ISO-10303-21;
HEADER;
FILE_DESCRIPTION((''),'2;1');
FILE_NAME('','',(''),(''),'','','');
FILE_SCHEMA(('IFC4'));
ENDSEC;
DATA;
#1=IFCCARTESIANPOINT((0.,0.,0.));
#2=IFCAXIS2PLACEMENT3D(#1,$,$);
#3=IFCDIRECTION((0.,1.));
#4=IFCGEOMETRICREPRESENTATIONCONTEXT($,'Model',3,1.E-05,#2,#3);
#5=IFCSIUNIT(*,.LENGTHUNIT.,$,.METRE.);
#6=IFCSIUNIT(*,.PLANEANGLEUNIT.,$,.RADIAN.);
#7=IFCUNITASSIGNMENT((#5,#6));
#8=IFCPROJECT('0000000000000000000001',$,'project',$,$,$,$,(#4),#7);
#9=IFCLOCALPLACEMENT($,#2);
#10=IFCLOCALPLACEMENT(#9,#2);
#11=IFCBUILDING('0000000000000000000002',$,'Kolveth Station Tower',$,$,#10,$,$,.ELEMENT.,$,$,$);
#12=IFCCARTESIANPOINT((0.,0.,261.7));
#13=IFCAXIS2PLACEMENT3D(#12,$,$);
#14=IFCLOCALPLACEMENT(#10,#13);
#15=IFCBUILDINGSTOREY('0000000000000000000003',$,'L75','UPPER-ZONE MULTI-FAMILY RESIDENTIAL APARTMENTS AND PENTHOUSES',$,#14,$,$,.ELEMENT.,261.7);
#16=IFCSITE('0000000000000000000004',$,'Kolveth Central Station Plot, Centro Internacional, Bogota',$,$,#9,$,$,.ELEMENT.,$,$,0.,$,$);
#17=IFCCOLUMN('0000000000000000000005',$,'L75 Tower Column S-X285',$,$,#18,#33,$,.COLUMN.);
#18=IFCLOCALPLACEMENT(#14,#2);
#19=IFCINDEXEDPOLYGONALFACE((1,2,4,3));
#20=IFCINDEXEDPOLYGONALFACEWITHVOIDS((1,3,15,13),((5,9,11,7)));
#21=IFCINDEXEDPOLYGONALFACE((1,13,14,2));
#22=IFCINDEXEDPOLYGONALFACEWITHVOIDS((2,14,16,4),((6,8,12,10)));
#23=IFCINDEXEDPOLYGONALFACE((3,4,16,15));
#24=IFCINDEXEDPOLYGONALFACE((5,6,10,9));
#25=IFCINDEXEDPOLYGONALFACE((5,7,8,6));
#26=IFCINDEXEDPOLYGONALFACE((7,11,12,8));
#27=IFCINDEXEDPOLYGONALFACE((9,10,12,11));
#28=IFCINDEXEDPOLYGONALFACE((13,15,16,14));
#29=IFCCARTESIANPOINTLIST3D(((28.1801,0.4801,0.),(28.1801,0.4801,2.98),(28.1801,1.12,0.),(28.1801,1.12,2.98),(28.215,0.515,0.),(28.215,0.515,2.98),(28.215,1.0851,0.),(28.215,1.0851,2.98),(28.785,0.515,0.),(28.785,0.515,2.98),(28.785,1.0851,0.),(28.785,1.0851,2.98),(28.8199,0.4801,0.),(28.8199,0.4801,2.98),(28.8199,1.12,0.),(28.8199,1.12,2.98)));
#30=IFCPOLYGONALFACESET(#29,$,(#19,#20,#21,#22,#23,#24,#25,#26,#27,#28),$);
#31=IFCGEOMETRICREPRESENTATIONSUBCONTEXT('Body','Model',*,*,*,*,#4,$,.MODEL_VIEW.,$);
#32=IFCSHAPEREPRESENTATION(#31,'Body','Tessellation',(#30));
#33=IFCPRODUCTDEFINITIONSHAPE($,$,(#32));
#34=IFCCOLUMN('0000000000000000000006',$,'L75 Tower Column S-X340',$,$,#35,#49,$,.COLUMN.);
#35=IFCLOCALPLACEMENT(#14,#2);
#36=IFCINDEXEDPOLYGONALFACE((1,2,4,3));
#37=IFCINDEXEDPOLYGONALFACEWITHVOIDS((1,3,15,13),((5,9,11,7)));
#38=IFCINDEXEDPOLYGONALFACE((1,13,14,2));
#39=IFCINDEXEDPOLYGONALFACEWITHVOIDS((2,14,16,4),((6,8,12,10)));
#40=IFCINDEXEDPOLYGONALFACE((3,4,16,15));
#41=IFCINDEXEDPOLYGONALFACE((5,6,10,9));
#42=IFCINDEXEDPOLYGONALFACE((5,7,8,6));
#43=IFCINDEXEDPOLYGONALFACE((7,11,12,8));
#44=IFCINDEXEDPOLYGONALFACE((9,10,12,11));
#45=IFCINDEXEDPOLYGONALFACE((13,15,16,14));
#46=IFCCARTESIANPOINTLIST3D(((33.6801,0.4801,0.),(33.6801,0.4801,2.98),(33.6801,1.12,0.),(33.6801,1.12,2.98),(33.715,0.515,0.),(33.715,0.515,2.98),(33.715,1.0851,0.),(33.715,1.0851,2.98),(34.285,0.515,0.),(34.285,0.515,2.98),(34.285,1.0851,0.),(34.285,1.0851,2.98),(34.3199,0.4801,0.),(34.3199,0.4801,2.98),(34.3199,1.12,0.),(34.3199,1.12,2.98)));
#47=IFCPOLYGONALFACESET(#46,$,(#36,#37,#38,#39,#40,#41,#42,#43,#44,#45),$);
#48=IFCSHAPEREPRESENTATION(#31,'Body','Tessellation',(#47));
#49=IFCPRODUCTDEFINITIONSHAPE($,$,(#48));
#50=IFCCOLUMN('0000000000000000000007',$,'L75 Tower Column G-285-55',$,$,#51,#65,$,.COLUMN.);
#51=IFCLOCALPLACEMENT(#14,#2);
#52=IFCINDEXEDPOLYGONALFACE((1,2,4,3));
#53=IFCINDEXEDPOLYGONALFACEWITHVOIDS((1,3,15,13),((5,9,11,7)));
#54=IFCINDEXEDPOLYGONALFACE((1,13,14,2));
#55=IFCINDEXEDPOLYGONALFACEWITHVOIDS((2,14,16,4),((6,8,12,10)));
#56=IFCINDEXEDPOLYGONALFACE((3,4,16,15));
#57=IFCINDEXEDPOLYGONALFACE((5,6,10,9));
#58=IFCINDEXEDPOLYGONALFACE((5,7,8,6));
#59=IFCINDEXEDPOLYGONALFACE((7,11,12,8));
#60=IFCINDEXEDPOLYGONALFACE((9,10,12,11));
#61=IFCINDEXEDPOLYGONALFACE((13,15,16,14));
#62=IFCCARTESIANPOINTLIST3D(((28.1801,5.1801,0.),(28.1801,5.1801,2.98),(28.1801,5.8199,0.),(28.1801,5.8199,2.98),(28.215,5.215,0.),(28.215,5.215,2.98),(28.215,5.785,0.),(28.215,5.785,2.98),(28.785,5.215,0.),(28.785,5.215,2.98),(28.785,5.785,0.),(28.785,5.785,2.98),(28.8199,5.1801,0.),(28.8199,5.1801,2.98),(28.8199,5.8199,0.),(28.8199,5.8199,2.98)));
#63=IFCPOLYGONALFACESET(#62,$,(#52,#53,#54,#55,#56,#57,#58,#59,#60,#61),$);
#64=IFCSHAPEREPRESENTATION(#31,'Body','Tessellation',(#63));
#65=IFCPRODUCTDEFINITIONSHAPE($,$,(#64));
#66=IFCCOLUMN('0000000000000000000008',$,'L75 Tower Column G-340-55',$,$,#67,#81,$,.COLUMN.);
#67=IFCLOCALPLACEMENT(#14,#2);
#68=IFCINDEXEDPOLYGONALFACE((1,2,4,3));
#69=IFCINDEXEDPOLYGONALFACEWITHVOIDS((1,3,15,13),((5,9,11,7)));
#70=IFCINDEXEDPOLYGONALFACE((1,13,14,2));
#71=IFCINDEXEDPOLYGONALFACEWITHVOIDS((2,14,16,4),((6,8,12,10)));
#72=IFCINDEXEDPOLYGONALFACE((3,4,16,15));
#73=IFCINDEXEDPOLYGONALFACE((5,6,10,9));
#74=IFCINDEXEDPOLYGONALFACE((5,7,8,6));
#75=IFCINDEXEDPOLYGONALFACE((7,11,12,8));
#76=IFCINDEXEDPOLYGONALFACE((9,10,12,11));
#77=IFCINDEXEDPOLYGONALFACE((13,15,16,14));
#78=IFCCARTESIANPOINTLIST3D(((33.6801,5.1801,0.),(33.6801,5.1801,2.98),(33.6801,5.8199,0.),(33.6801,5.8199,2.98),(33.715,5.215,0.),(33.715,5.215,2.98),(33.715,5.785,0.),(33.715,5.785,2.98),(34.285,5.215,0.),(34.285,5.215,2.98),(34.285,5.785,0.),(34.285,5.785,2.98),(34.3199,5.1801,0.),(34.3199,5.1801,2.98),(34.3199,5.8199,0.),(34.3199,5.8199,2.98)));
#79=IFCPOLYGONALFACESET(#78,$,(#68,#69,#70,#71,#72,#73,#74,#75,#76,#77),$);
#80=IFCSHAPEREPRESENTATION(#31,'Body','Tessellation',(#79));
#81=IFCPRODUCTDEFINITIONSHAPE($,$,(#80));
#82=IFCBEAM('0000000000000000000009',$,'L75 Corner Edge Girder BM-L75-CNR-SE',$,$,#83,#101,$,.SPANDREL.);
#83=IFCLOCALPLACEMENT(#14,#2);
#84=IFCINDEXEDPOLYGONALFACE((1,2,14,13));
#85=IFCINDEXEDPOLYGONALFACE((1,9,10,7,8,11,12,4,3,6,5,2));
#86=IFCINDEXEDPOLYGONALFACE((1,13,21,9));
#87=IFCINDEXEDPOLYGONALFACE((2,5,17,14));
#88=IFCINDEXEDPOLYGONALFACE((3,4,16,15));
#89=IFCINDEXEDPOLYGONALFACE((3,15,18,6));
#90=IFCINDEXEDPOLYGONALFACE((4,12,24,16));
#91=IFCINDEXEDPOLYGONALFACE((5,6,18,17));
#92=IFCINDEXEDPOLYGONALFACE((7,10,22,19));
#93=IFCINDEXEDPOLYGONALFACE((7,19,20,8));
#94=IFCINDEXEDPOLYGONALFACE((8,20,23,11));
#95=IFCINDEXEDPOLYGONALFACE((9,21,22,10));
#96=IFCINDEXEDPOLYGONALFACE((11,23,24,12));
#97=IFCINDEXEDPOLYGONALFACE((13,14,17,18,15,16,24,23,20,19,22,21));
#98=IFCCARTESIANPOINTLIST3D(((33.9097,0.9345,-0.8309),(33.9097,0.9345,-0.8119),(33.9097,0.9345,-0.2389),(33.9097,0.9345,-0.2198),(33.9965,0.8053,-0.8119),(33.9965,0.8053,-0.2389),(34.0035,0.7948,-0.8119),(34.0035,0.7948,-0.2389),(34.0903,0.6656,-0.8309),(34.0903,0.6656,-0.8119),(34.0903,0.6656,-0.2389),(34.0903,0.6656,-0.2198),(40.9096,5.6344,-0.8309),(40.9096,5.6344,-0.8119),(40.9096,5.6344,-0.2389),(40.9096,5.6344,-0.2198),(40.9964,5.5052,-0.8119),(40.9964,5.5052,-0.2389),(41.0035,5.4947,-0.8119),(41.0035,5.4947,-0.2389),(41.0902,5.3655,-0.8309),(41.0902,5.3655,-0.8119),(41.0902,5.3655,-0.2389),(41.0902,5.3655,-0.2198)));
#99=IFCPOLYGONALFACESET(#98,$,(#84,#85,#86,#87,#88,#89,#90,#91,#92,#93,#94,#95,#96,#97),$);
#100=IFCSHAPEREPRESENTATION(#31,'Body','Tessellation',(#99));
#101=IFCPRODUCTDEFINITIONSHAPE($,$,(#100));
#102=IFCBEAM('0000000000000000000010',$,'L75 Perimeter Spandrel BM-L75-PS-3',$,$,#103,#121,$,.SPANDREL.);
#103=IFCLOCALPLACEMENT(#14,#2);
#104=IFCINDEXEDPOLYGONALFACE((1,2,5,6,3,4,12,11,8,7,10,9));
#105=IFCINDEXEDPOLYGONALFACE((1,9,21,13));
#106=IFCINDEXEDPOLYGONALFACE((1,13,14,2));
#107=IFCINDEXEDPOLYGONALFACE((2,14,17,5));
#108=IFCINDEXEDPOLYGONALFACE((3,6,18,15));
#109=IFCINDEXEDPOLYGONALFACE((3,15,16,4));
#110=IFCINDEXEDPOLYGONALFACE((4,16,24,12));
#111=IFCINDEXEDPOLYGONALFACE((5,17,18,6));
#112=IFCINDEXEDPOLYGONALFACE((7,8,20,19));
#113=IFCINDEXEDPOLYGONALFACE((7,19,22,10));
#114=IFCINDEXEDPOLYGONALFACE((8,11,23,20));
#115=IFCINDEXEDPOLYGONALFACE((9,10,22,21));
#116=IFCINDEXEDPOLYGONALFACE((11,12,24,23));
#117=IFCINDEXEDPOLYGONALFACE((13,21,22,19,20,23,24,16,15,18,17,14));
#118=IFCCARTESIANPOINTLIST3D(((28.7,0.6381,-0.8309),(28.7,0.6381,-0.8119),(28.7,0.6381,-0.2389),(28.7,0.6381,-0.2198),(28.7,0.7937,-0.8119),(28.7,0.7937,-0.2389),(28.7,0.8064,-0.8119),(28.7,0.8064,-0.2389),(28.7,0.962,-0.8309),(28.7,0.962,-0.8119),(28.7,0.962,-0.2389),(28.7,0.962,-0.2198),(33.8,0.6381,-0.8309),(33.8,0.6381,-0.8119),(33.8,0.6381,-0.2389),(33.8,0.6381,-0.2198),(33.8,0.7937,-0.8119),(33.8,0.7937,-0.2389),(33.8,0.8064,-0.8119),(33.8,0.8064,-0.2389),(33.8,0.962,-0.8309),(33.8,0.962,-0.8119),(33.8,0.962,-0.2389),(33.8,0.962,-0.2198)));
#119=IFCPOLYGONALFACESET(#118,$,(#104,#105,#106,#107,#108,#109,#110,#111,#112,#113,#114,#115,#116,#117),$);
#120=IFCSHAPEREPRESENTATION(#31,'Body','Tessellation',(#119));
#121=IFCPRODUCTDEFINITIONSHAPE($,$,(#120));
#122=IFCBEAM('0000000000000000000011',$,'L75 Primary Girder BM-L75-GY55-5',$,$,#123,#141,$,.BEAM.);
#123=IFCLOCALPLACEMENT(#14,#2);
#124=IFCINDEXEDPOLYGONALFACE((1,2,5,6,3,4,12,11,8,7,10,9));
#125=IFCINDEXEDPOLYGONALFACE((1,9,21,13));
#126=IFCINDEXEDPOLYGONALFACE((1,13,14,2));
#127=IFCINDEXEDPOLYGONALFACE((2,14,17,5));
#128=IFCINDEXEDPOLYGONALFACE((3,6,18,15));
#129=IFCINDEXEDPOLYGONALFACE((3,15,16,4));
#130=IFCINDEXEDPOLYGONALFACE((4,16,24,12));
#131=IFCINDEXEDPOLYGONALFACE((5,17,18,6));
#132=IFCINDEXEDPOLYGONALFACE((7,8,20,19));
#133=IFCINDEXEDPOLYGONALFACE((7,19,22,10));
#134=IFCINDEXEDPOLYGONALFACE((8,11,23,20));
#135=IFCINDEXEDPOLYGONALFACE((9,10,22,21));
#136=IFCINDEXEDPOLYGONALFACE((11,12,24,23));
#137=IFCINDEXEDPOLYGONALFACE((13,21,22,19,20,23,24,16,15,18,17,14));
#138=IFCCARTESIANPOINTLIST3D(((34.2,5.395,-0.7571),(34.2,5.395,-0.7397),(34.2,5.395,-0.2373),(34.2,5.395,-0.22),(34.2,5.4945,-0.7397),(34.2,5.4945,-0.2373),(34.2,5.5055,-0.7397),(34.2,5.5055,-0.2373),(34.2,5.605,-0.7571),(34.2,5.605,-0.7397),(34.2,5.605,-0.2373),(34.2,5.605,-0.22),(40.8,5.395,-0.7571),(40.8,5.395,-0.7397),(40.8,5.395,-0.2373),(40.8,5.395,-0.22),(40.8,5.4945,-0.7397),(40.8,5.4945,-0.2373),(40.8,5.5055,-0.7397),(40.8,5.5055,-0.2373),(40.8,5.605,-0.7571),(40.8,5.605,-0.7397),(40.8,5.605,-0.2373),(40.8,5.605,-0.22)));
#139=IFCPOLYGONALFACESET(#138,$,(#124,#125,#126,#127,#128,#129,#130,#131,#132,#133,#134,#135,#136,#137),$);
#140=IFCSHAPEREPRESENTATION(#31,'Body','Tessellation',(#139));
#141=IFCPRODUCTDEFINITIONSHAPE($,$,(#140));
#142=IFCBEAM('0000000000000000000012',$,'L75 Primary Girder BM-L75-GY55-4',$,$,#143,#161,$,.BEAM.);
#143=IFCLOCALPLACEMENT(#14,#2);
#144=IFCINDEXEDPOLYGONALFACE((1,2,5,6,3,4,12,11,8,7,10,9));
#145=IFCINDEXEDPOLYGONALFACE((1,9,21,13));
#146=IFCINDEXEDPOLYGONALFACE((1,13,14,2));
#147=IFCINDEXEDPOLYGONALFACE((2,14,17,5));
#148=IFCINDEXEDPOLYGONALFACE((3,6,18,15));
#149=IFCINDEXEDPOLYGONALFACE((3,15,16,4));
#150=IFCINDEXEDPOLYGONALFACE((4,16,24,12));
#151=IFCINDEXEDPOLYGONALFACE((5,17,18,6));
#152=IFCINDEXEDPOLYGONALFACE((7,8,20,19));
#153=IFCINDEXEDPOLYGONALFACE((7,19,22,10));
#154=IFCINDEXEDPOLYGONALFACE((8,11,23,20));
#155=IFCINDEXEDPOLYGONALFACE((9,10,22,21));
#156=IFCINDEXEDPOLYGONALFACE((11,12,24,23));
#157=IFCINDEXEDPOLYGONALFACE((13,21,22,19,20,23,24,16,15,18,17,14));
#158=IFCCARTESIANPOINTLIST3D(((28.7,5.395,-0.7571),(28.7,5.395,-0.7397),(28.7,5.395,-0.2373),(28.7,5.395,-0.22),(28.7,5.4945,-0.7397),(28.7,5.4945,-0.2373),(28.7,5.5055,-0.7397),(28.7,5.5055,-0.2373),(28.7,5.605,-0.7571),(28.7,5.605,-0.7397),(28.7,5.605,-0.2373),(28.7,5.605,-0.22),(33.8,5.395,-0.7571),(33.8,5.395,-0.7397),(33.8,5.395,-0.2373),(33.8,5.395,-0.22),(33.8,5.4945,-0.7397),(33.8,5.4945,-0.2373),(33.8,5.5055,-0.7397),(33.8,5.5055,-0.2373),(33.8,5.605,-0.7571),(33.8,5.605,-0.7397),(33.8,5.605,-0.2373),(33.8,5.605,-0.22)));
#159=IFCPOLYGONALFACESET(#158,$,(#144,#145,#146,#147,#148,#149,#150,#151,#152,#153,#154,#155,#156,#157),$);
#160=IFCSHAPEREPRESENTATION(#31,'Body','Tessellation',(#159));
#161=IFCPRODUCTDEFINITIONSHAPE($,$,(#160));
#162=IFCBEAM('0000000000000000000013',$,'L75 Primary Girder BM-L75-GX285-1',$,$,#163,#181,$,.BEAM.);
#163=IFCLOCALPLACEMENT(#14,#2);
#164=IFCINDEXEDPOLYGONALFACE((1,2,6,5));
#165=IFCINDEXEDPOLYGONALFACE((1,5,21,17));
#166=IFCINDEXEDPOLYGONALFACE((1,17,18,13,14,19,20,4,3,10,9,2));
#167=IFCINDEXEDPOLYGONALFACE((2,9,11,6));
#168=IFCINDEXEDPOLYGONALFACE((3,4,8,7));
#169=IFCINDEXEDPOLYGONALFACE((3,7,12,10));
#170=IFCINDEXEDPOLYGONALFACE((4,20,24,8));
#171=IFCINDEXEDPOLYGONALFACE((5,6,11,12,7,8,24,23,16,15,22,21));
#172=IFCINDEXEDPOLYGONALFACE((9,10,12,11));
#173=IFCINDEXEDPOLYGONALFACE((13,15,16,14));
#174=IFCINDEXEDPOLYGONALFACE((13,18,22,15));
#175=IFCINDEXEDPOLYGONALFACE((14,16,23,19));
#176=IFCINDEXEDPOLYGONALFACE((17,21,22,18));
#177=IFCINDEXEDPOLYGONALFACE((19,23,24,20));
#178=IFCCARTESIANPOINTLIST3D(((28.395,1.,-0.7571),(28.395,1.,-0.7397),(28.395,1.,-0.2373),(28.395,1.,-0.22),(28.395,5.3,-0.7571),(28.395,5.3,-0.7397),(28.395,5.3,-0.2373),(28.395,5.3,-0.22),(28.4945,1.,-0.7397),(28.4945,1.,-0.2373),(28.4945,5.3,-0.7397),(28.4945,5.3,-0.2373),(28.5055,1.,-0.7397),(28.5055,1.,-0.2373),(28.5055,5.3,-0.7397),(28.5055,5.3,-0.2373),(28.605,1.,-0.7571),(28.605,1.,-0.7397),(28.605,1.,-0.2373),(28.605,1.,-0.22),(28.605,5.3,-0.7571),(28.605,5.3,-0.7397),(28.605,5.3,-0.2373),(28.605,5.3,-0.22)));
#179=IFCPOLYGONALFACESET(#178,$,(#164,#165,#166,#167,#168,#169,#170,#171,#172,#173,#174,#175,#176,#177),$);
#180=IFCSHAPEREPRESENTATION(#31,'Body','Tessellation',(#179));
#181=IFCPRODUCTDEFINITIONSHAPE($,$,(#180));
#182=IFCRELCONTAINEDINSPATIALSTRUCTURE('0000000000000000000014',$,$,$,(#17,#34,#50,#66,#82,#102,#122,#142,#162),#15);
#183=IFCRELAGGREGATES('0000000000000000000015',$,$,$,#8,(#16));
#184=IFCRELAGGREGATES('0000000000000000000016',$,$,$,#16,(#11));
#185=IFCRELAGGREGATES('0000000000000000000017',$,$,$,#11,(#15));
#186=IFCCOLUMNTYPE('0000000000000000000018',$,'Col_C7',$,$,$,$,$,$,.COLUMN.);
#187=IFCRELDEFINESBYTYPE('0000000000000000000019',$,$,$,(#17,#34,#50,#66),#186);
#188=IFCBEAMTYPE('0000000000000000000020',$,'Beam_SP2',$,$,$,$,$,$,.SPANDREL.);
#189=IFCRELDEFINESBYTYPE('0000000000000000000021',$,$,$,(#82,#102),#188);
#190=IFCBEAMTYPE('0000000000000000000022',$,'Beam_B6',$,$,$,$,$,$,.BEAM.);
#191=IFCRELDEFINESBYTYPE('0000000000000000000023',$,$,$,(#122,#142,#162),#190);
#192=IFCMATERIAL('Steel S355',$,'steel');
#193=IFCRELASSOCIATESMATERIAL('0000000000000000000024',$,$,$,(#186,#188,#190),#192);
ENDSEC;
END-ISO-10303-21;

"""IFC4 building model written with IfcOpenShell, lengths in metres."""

from ifc_helpers import new_model, si_unit, direction, frame, origin, origin_2d, place, context, subcontext, project, spatial, hollow_rectangle, i_section, extrude, source, transform, mapped, material, material_profile, profile_set, type_object, element, save


model = new_model("IFC4")

# Units and contexts
model_context = context("Model", 3, precision=1e-05, world=origin(), true_north=direction((0.0, 1.0)))
body_context = subcontext(model_context, "Body", "Model", "MODEL_VIEW")
ifc_project = project(units=[si_unit("LENGTHUNIT", "METRE"), si_unit("PLANEANGLEUNIT", "RADIAN")], contexts=[model_context])

# Site, building, storey
site_placement = place(None, origin())
site = spatial("IfcSite", under=ifc_project, at=site_placement, Name="Kolveth Central Station Plot, Centro Internacional, Bogota", CompositionType="ELEMENT", RefElevation=0.0)
building_placement = place(site_placement, origin())
building = spatial("IfcBuilding", under=site, at=building_placement, Name="Kolveth Station Tower", CompositionType="ELEMENT")
storey_placement = place(building_placement, frame((0.0, 0.0, 261.7)))
storey = spatial("IfcBuildingStorey", under=building, at=storey_placement, Name="L75", Description="UPPER-ZONE MULTI-FAMILY RESIDENTIAL APARTMENTS AND PENTHOUSES", CompositionType="ELEMENT", Elevation=261.7)

# Columns
ifc_material_1 = material(Name="Steel S355", Category="steel")
ifc_material_profile_1 = material_profile(ifc_material_1, hollow_rectangle(XDim=0.6399, YDim=0.6399, WallThickness=0.0349, at=origin_2d()), Name="BOX640x640x35")
ifc_profile_set_1 = profile_set([ifc_material_profile_1], Name="Steel S355")
column_type = type_object("IfcColumnType", Name="Col_C7", PredefinedType="COLUMN", material=ifc_profile_set_1)
shared_shape_1 = source(origin(), body_context, "Body", "SweptSolid", [
    extrude(hollow_rectangle(XDim=0.6399, YDim=0.6399, WallThickness=0.0349, at=origin_2d()), origin(), (0.0, 0.0, 1.0), 2.98),
])
for number, where, z_axis, x_axis, name in (
    (1, (28.5, 0.8, 0.0), (0.0, 0.0, 1.0), (1.0, 0.0, 0.0), "L75 Tower Column S-X285"),
    (2, (34.0, 0.8, 0.0), (0.0, 0.0, 1.0), (1.0, 0.0, 0.0), "L75 Tower Column S-X340"),
    (3, (28.5, 5.5, 0.0), (0.0, 0.0, 1.0), (1.0, 0.0, 0.0), "L75 Tower Column G-285-55"),
    (4, (34.0, 5.5, 0.0), (0.0, 0.0, 1.0), (1.0, 0.0, 0.0), "L75 Tower Column G-340-55"),
):
    element("IfcColumn", number, at=place(storey_placement, frame(where, z_axis=z_axis, x_axis=x_axis)), inside=storey, type_object=column_type, Name=name, PredefinedType="COLUMN", context=body_context, shape_type="MappedRepresentation", body=[
        mapped(shared_shape_1, transform((0.0, 0.0, 0.0), x_axis=(1.0, 0.0, 0.0), y_axis=(0.0, 1.0, 0.0), z_axis=(0.0, 0.0, 1.0), scale=1.0)),
    ])

# Beams
ifc_material_profile_2 = material_profile(ifc_material_1, i_section(OverallWidth=0.324, OverallDepth=0.6111, WebThickness=0.0127, FlangeThickness=0.019, at=origin_2d()), Name="W610x155")
ifc_profile_set_2 = profile_set([ifc_material_profile_2], Name="Steel S355")
beam_type_1 = type_object("IfcBeamType", Name="Beam_SP2", PredefinedType="SPANDREL", material=ifc_profile_set_2)
shared_shape_2 = source(origin(), body_context, "Body", "SweptSolid", [
    extrude(i_section(OverallWidth=0.324, OverallDepth=0.6111, WebThickness=0.0127, FlangeThickness=0.019, at=origin_2d()), origin(), (0.0, 0.0, 1.0), 8.4314),
])
beam_1_placement = place(storey_placement, frame((34.0, 0.8, -0.5254), z_axis=(0.830224, 0.55743, 0.0), x_axis=(-0.55743, 0.830224, 0.0)))
element("IfcBeam", 5, at=beam_1_placement, inside=storey, type_object=beam_type_1, Name="L75 Corner Edge Girder BM-L75-CNR-SE", PredefinedType="SPANDREL", context=body_context, shape_type="MappedRepresentation", body=[
    mapped(shared_shape_2, transform((0.0, 0.0, 0.0), x_axis=(1.0, 0.0, 0.0), y_axis=(0.0, 1.0, 0.0), z_axis=(0.0, 0.0, 1.0), scale=1.0)),
])
shared_shape_3 = source(origin(), body_context, "Body", "SweptSolid", [
    extrude(i_section(OverallWidth=0.324, OverallDepth=0.6111, WebThickness=0.0127, FlangeThickness=0.019, at=origin_2d()), origin(), (0.0, 0.0, 1.0), 5.1001),
])
beam_2_placement = place(storey_placement, frame((28.7, 0.8, -0.5254), z_axis=(1.0, 0.0, 0.0), x_axis=(0.0, 1.0, 0.0)))
element("IfcBeam", 6, at=beam_2_placement, inside=storey, type_object=beam_type_1, Name="L75 Perimeter Spandrel BM-L75-PS-3", PredefinedType="SPANDREL", context=body_context, shape_type="MappedRepresentation", body=[
    mapped(shared_shape_3, transform((0.0, 0.0, 0.0), x_axis=(1.0, 0.0, 0.0), y_axis=(0.0, 1.0, 0.0), z_axis=(0.0, 0.0, 1.0), scale=1.0)),
])
ifc_material_profile_3 = material_profile(ifc_material_1, i_section(OverallWidth=0.21, OverallDepth=0.5371, WebThickness=0.011, FlangeThickness=0.0173, at=origin_2d()), Name="W530x101")
ifc_profile_set_3 = profile_set([ifc_material_profile_3], Name="Steel S355")
beam_type_2 = type_object("IfcBeamType", Name="Beam_B6", PredefinedType="BEAM", material=ifc_profile_set_3)
shared_shape_4 = source(origin(), body_context, "Body", "SweptSolid", [
    extrude(i_section(OverallWidth=0.21, OverallDepth=0.5371, WebThickness=0.011, FlangeThickness=0.0173, at=origin_2d()), origin(), (0.0, 0.0, 1.0), 6.6001),
])
beam_3_placement = place(storey_placement, frame((34.2, 5.5, -0.4885), z_axis=(1.0, 0.0, 0.0), x_axis=(0.0, 1.0, 0.0)))
element("IfcBeam", 7, at=beam_3_placement, inside=storey, type_object=beam_type_2, Name="L75 Primary Girder BM-L75-GY55-5", PredefinedType="BEAM", context=body_context, shape_type="MappedRepresentation", body=[
    mapped(shared_shape_4, transform((0.0, 0.0, 0.0), x_axis=(1.0, 0.0, 0.0), y_axis=(0.0, 1.0, 0.0), z_axis=(0.0, 0.0, 1.0), scale=1.0)),
])
shared_shape_5 = source(origin(), body_context, "Body", "SweptSolid", [
    extrude(i_section(OverallWidth=0.21, OverallDepth=0.5371, WebThickness=0.011, FlangeThickness=0.0173, at=origin_2d()), origin(), (0.0, 0.0, 1.0), 5.1001),
])
beam_4_placement = place(storey_placement, frame((28.7, 5.5, -0.4885), z_axis=(1.0, 0.0, 0.0), x_axis=(0.0, 1.0, 0.0)))
element("IfcBeam", 8, at=beam_4_placement, inside=storey, type_object=beam_type_2, Name="L75 Primary Girder BM-L75-GY55-4", PredefinedType="BEAM", context=body_context, shape_type="MappedRepresentation", body=[
    mapped(shared_shape_5, transform((0.0, 0.0, 0.0), x_axis=(1.0, 0.0, 0.0), y_axis=(0.0, 1.0, 0.0), z_axis=(0.0, 0.0, 1.0), scale=1.0)),
])
shared_shape_6 = source(origin(), body_context, "Body", "SweptSolid", [
    extrude(i_section(OverallWidth=0.21, OverallDepth=0.5371, WebThickness=0.011, FlangeThickness=0.0173, at=origin_2d()), origin(), (0.0, 0.0, 1.0), 4.3),
])
for number, where, z_axis, x_axis, name in (
    (9, (28.5, 1.0, -0.4885), (0.0, 1.0, 0.0), (-1.0, 0.0, 0.0), "L75 Primary Girder BM-L75-GX285-1"),
):
    element("IfcBeam", number, at=place(storey_placement, frame(where, z_axis=z_axis, x_axis=x_axis)), inside=storey, type_object=beam_type_2, Name=name, PredefinedType="BEAM", context=body_context, shape_type="MappedRepresentation", body=[
        mapped(shared_shape_6, transform((0.0, 0.0, 0.0), x_axis=(1.0, 0.0, 0.0), y_axis=(0.0, 1.0, 0.0), z_axis=(0.0, 0.0, 1.0), scale=1.0)),
    ])

save(model, "model.ifc")
